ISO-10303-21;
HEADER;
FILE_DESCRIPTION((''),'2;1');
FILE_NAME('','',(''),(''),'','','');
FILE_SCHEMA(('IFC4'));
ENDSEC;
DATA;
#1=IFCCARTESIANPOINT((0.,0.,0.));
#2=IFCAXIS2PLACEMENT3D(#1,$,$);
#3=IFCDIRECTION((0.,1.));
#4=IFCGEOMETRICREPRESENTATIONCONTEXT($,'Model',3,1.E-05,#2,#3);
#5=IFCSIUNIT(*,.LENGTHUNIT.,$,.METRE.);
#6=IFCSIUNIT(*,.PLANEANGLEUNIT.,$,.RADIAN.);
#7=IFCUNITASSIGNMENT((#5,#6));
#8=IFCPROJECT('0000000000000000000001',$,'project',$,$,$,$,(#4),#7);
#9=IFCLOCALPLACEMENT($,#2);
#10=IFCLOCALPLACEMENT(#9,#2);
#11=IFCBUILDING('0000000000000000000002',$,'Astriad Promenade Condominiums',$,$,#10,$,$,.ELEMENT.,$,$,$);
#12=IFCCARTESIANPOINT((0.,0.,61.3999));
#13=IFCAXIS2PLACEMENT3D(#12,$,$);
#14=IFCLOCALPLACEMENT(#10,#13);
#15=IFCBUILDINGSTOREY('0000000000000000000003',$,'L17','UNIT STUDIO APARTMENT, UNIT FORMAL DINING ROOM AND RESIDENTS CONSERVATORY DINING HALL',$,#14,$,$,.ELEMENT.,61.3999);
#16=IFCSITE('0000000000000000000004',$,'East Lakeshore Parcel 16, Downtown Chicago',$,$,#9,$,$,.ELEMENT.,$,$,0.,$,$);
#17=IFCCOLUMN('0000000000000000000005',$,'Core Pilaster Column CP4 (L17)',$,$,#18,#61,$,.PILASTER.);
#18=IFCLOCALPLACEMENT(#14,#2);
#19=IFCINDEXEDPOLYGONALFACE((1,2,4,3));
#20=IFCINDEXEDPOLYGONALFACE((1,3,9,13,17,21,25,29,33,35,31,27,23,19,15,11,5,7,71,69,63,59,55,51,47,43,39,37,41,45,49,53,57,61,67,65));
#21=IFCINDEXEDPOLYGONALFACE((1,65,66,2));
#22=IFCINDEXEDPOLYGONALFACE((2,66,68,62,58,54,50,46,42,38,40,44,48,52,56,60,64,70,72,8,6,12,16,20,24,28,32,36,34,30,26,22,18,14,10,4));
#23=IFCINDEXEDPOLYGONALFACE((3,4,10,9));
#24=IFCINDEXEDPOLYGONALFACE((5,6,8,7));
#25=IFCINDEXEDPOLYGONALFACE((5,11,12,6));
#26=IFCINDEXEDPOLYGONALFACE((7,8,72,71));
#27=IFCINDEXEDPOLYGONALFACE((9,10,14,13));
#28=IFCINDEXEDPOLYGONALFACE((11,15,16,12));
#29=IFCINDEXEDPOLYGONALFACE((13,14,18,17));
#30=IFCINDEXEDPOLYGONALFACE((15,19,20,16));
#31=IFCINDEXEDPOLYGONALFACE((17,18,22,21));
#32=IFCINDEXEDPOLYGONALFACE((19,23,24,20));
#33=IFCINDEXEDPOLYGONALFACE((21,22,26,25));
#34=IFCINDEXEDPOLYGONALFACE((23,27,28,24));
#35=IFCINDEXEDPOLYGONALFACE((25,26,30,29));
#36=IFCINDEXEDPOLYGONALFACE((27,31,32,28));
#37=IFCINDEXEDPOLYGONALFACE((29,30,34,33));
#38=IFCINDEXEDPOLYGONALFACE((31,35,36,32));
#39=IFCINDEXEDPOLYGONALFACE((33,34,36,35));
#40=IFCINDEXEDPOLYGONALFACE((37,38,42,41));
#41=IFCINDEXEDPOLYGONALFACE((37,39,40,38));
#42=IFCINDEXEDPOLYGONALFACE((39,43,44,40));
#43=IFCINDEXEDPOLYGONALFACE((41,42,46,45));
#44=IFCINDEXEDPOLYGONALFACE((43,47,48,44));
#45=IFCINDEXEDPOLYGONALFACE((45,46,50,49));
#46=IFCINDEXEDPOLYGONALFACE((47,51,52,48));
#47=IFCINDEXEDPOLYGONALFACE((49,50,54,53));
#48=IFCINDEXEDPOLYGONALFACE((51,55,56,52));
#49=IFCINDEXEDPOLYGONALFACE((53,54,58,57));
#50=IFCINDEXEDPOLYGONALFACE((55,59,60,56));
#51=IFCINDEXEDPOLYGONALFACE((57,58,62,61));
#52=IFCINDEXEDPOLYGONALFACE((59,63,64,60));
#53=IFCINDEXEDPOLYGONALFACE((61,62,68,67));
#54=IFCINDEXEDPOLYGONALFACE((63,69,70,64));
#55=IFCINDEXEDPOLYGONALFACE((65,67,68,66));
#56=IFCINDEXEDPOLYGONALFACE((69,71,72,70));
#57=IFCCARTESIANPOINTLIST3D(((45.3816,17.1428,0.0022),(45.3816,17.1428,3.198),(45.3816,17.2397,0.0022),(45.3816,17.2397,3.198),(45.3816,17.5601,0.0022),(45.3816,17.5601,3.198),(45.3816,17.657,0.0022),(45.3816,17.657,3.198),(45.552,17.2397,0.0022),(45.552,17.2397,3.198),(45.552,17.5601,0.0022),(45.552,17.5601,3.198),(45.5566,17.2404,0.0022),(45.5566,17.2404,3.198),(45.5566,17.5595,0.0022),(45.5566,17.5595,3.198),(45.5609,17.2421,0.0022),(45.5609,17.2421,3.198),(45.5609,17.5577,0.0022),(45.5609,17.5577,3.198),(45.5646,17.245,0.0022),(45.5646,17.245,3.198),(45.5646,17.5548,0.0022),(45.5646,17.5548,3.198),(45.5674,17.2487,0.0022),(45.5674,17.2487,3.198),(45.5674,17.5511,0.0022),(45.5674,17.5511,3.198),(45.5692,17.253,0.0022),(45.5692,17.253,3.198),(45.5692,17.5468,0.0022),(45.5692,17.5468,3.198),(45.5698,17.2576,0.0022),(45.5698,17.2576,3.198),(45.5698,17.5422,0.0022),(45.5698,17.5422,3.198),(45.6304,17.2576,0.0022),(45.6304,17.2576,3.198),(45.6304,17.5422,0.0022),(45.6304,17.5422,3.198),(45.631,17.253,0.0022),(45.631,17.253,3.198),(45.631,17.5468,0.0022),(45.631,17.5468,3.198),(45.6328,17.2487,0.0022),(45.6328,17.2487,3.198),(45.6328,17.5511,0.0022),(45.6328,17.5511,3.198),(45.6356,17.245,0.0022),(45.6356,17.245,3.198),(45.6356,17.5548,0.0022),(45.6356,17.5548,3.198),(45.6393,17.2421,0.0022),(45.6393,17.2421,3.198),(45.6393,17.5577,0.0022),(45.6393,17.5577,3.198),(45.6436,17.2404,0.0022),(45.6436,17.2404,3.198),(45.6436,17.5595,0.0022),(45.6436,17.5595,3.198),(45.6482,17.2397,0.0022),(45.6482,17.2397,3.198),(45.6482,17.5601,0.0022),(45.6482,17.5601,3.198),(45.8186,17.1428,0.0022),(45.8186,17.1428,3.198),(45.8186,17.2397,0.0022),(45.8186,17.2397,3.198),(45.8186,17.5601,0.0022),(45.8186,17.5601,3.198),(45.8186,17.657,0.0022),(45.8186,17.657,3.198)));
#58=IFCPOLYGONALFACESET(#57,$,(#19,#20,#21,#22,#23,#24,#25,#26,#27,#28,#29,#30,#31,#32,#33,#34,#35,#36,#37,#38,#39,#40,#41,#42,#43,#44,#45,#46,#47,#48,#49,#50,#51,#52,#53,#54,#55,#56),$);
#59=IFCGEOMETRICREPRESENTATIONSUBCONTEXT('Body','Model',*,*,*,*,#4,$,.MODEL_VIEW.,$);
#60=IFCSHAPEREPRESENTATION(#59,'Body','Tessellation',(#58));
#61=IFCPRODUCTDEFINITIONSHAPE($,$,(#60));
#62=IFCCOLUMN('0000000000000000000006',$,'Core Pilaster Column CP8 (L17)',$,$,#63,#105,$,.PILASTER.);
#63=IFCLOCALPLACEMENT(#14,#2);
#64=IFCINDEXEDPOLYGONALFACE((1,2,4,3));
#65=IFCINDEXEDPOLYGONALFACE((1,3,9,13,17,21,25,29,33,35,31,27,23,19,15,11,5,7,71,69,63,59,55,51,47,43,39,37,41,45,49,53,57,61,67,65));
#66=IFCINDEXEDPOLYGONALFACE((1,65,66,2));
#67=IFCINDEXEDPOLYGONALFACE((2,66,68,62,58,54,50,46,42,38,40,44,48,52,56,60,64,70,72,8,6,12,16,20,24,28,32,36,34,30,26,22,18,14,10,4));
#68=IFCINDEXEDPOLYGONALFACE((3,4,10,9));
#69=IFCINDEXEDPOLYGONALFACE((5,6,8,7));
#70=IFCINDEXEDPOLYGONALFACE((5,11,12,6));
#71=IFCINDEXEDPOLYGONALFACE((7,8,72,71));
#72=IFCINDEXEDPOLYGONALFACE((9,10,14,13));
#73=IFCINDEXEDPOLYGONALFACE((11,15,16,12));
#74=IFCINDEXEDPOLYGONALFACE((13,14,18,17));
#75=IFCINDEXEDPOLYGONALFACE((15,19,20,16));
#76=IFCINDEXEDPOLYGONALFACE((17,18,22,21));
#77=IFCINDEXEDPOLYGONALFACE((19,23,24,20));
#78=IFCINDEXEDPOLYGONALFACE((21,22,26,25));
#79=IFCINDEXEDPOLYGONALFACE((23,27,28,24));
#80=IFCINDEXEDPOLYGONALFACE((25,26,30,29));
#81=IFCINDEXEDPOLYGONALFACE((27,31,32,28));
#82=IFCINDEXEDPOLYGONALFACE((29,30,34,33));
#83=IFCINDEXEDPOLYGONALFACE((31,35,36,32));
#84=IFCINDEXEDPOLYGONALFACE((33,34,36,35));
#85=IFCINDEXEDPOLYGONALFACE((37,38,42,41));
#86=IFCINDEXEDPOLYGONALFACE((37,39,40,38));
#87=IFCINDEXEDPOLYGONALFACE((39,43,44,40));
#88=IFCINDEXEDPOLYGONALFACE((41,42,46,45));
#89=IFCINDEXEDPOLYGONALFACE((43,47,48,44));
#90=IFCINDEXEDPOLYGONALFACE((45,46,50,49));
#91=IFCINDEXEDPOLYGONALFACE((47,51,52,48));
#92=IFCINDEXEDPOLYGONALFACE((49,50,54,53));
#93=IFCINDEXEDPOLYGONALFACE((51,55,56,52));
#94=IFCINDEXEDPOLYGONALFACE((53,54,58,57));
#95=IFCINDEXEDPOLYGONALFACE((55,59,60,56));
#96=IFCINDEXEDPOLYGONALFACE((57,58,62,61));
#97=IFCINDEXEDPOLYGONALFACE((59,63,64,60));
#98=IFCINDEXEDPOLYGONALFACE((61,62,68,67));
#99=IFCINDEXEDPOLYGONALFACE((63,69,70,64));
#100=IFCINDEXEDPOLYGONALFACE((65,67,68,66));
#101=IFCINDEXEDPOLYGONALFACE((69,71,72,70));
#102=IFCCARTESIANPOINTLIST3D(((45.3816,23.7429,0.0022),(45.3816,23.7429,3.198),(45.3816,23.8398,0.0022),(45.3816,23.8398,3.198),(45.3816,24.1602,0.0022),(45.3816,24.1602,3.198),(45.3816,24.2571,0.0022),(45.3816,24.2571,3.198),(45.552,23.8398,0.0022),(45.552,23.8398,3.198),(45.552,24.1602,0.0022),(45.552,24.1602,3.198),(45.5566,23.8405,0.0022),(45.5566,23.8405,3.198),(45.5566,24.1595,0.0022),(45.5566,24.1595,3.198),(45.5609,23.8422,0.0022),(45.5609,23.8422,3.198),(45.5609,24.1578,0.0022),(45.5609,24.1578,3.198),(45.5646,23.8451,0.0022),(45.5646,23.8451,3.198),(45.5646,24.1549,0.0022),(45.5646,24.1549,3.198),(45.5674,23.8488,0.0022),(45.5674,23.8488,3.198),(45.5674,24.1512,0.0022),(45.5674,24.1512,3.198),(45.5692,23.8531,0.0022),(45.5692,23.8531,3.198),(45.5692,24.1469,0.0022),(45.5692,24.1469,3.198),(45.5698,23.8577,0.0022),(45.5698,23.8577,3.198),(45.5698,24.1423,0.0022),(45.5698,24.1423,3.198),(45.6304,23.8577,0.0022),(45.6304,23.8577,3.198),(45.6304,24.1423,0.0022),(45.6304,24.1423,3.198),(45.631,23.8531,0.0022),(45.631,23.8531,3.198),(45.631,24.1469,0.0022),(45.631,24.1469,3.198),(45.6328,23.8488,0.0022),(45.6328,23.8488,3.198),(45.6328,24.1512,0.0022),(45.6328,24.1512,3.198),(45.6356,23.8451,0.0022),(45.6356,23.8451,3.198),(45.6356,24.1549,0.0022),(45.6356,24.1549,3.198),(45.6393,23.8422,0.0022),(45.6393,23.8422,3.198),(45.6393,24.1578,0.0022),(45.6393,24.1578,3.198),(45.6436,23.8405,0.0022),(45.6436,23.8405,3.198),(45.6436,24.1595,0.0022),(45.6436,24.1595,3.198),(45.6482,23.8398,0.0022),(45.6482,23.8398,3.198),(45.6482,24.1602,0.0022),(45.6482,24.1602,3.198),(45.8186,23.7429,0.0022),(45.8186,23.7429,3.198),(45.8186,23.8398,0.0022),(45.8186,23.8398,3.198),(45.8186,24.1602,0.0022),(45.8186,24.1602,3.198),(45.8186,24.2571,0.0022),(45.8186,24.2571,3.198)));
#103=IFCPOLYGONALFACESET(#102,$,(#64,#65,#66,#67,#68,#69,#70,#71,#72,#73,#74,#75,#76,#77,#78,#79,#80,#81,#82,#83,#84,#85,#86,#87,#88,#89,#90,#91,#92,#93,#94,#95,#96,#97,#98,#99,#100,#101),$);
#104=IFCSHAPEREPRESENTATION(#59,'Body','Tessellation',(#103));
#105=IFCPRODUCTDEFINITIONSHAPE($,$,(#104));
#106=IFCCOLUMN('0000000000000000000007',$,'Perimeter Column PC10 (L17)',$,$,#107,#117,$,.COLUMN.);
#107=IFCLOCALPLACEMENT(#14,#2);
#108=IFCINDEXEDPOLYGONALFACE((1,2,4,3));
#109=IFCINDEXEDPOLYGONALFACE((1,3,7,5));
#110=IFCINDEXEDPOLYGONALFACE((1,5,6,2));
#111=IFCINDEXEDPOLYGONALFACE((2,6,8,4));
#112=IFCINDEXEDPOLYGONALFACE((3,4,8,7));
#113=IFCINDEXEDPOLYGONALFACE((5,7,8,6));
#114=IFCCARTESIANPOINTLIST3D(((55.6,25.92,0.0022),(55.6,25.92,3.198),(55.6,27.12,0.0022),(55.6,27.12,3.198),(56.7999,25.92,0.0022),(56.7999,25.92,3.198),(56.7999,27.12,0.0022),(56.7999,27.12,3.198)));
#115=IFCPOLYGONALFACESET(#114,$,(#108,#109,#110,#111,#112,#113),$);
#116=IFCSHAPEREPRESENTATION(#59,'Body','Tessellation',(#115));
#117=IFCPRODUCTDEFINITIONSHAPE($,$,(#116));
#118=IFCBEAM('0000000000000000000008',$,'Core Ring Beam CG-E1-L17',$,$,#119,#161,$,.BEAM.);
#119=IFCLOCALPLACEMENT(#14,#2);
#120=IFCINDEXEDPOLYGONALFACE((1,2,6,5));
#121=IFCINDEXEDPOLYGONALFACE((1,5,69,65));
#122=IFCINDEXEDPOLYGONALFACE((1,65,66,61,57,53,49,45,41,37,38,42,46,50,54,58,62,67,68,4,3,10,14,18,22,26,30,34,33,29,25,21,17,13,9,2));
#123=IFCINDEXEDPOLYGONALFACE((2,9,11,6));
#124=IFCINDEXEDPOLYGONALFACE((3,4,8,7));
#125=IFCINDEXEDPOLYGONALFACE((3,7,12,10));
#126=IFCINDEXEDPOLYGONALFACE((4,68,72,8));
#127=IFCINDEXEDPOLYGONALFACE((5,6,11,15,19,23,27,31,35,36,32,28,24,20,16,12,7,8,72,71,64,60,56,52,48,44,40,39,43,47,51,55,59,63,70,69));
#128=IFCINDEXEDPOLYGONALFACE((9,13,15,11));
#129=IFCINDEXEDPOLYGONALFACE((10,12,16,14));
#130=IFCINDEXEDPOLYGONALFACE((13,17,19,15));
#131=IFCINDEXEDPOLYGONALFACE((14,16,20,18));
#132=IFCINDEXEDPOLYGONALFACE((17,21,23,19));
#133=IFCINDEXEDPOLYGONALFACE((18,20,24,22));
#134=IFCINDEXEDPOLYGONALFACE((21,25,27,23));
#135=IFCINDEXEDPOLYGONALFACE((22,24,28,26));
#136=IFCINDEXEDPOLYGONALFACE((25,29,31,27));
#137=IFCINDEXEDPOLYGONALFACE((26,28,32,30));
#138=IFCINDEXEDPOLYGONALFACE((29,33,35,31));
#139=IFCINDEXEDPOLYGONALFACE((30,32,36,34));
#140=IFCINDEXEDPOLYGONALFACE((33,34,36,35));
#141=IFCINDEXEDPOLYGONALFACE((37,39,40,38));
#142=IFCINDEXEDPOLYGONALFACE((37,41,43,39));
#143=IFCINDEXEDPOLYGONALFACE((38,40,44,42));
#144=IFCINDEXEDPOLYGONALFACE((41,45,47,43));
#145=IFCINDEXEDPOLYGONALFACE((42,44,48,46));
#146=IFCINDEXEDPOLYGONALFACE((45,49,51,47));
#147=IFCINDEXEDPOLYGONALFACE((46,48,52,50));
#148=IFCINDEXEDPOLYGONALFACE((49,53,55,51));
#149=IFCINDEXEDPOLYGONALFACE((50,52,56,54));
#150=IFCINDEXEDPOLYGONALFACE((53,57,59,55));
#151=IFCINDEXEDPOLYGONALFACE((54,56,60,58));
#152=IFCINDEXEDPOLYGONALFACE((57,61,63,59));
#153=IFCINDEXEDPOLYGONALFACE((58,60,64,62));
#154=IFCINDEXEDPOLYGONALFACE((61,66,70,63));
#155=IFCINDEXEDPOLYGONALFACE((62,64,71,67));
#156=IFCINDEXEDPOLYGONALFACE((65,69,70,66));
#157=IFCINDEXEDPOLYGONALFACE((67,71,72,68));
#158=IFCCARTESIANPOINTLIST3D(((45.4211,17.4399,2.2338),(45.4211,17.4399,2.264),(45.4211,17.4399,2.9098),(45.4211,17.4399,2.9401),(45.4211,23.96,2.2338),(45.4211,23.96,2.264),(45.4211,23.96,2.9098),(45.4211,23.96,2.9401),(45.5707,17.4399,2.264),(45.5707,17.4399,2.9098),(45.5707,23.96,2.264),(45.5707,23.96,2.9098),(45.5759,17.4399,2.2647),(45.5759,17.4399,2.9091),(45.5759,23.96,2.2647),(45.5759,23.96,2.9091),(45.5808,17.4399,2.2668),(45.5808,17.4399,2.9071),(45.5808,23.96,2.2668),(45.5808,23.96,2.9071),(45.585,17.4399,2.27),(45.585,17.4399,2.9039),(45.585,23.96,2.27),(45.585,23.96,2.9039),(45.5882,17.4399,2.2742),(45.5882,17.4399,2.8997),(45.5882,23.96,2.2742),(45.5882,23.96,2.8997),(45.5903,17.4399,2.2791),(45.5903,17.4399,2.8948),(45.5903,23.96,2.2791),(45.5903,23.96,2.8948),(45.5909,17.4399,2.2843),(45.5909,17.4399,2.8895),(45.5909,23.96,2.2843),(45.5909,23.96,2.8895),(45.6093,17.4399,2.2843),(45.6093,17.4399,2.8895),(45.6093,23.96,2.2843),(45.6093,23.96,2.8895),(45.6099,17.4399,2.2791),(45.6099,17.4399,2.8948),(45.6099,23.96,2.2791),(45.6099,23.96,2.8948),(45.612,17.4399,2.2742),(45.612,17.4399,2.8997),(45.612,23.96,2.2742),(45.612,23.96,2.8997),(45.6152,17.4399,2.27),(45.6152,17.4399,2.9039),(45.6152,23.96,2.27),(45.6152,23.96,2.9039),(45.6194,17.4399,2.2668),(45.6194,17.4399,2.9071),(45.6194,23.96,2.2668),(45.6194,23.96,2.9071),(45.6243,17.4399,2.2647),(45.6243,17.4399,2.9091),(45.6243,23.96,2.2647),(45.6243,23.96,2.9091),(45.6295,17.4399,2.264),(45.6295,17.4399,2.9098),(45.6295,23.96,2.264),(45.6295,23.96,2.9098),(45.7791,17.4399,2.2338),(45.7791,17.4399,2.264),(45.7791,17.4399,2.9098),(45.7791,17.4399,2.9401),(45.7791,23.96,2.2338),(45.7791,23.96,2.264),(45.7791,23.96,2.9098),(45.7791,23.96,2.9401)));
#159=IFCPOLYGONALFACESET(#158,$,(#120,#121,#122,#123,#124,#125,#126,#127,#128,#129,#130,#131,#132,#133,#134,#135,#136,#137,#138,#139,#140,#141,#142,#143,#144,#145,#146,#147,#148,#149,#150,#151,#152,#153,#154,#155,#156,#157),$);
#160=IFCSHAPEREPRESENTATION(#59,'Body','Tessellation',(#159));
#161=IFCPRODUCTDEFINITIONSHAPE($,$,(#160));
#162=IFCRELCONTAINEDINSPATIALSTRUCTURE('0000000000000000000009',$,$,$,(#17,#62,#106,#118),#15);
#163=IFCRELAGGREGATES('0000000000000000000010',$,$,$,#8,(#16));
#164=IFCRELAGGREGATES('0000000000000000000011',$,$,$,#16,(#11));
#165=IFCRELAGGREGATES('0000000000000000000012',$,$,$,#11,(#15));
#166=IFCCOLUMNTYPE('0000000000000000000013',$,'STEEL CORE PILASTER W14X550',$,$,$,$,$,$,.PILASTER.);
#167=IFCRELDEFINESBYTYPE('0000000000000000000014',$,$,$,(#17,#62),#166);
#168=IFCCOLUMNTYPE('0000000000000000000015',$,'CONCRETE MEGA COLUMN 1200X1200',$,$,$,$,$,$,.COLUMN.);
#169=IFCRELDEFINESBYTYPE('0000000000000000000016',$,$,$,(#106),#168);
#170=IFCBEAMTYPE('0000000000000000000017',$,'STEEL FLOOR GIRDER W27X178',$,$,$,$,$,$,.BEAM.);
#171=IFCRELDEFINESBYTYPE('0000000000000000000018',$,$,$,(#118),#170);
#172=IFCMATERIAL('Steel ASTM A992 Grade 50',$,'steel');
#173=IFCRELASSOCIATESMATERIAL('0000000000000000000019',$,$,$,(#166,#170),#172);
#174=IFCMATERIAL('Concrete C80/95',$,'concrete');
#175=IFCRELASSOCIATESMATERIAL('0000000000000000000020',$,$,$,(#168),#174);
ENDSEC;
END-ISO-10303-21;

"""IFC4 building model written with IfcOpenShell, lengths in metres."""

from ifc_helpers import new_model, si_unit, direction, frame, origin, origin_2d, place, context, subcontext, project, spatial, rectangle, i_section, extrude, source, transform, mapped, material, material_profile, profile_set, type_object, type_shapes, element, save


model = new_model("IFC4")

# Units and contexts
model_context = context("Model", 3, precision=1e-05, world=origin(), true_north=direction((0.0, 1.0)))
body_context = subcontext(model_context, "Body", "Model", "MODEL_VIEW")
ifc_project = project(units=[si_unit("LENGTHUNIT", "METRE"), si_unit("PLANEANGLEUNIT", "RADIAN")], contexts=[model_context])

# Site, building, storey
site_placement = place(None, origin())
site = spatial("IfcSite", under=ifc_project, at=site_placement, Name="East Lakeshore Parcel 16, Downtown Chicago", CompositionType="ELEMENT", RefElevation=0.0)
building_placement = place(site_placement, origin())
building = spatial("IfcBuilding", under=site, at=building_placement, Name="Astriad Promenade Condominiums", CompositionType="ELEMENT")
storey_placement = place(building_placement, frame((0.0, 0.0, 61.3999)))
storey = spatial("IfcBuildingStorey", under=building, at=storey_placement, Name="L17", Description="UNIT STUDIO APARTMENT, UNIT FORMAL DINING ROOM AND RESIDENTS CONSERVATORY DINING HALL", CompositionType="ELEMENT", Elevation=61.3999)

# Columns
ifc_material_1 = material(Name="Steel ASTM A992 Grade 50", Category="steel")
ifc_material_profile_1 = material_profile(ifc_material_1, i_section(OverallWidth=0.437, OverallDepth=0.5142, WebThickness=0.0605, FlangeThickness=0.0969, FilletRadius=0.0178, at=origin_2d()), Name="W14X550")
ifc_profile_set_1 = profile_set([ifc_material_profile_1], Name="Steel ASTM A992 Grade 50")
column_type_1 = type_object("IfcColumnType", Name="STEEL CORE PILASTER W14X550", PredefinedType="PILASTER", material=ifc_profile_set_1)
shared_shape_1 = source(origin(), body_context, "Body", "SweptSolid", [
    extrude(i_section(OverallWidth=0.437, OverallDepth=0.5142, WebThickness=0.0605, FlangeThickness=0.0969, FilletRadius=0.0178, at=origin_2d()), origin(), (0.0, 0.0, 1.0), 3.1958),
])
type_shapes(column_type_1, [shared_shape_1])
for number, where, z_axis, x_axis, name in (
    (1, (45.6001, 17.3999, 0.0022), (0.0, 0.0, 1.0), (1.0, 0.0, 0.0), "Core Pilaster Column CP4 (L17)"),
    (2, (45.6001, 24.0, 0.0022), (0.0, 0.0, 1.0), (1.0, 0.0, 0.0), "Core Pilaster Column CP8 (L17)"),
):
    element("IfcColumn", number, at=place(storey_placement, frame(where, z_axis=z_axis, x_axis=x_axis)), inside=storey, type_object=column_type_1, Name=name, PredefinedType="PILASTER", context=body_context, shape_type="MappedRepresentation", body=[
        mapped(shared_shape_1, transform((0.0, 0.0, 0.0), scale=1.0)),
    ])
ifc_material_2 = material(Name="Concrete C80/95", Category="concrete")
ifc_material_profile_2 = material_profile(ifc_material_2, rectangle(XDim=1.2, YDim=1.2, at=origin_2d()), Name="RC-COL-1200X1200")
ifc_profile_set_2 = profile_set([ifc_material_profile_2], Name="Concrete C80/95")
column_type_2 = type_object("IfcColumnType", Name="CONCRETE MEGA COLUMN 1200X1200", PredefinedType="COLUMN", material=ifc_profile_set_2)
shared_shape_2 = source(origin(), body_context, "Body", "SweptSolid", [
    extrude(rectangle(XDim=1.2, YDim=1.2, at=origin_2d()), origin(), (0.0, 0.0, 1.0), 3.1958),
])
type_shapes(column_type_2, [shared_shape_2])
column_placement = place(storey_placement, frame((56.2, 26.52, 0.0022), z_axis=(0.0, 0.0, 1.0), x_axis=(1.0, 0.0, 0.0)))
element("IfcColumn", 3, at=column_placement, inside=storey, type_object=column_type_2, Name="Perimeter Column PC10 (L17)", PredefinedType="COLUMN", context=body_context, shape_type="MappedRepresentation", body=[
    mapped(shared_shape_2, transform((0.0, 0.0, 0.0), scale=1.0)),
])

# Beam
ifc_material_profile_3 = material_profile(ifc_material_1, i_section(OverallWidth=0.3579, OverallDepth=0.7063, WebThickness=0.0183, FlangeThickness=0.0303, FilletRadius=0.0203, at=origin_2d()), Name="W27X178")
ifc_profile_set_3 = profile_set([ifc_material_profile_3], Name="Steel ASTM A992 Grade 50")
beam_type_1 = type_object("IfcBeamType", Name="STEEL FLOOR GIRDER W27X178", PredefinedType="BEAM", material=ifc_profile_set_3)
shared_shape_3 = source(origin(), body_context, "Body", "SweptSolid", [
    extrude(i_section(OverallWidth=0.3579, OverallDepth=0.7063, WebThickness=0.0183, FlangeThickness=0.0303, FilletRadius=0.0203, at=origin_2d()), origin(), (0.0, 0.0, 1.0), 6.52),
])
type_shapes(beam_type_1, [shared_shape_3])
beam_1_placement = place(storey_placement, frame((45.6001, 17.4399, 2.5869), z_axis=(0.0, 1.0, 0.0), x_axis=(-1.0, 0.0, 0.0)))
element("IfcBeam", 4, at=beam_1_placement, inside=storey, type_object=beam_type_1, Name="Core Ring Beam CG-E1-L17", PredefinedType="BEAM", context=body_context, shape_type="MappedRepresentation", body=[
    mapped(shared_shape_3, transform((0.0, 0.0, 0.0), scale=1.0)),
])

save(model, "model.ifc")
